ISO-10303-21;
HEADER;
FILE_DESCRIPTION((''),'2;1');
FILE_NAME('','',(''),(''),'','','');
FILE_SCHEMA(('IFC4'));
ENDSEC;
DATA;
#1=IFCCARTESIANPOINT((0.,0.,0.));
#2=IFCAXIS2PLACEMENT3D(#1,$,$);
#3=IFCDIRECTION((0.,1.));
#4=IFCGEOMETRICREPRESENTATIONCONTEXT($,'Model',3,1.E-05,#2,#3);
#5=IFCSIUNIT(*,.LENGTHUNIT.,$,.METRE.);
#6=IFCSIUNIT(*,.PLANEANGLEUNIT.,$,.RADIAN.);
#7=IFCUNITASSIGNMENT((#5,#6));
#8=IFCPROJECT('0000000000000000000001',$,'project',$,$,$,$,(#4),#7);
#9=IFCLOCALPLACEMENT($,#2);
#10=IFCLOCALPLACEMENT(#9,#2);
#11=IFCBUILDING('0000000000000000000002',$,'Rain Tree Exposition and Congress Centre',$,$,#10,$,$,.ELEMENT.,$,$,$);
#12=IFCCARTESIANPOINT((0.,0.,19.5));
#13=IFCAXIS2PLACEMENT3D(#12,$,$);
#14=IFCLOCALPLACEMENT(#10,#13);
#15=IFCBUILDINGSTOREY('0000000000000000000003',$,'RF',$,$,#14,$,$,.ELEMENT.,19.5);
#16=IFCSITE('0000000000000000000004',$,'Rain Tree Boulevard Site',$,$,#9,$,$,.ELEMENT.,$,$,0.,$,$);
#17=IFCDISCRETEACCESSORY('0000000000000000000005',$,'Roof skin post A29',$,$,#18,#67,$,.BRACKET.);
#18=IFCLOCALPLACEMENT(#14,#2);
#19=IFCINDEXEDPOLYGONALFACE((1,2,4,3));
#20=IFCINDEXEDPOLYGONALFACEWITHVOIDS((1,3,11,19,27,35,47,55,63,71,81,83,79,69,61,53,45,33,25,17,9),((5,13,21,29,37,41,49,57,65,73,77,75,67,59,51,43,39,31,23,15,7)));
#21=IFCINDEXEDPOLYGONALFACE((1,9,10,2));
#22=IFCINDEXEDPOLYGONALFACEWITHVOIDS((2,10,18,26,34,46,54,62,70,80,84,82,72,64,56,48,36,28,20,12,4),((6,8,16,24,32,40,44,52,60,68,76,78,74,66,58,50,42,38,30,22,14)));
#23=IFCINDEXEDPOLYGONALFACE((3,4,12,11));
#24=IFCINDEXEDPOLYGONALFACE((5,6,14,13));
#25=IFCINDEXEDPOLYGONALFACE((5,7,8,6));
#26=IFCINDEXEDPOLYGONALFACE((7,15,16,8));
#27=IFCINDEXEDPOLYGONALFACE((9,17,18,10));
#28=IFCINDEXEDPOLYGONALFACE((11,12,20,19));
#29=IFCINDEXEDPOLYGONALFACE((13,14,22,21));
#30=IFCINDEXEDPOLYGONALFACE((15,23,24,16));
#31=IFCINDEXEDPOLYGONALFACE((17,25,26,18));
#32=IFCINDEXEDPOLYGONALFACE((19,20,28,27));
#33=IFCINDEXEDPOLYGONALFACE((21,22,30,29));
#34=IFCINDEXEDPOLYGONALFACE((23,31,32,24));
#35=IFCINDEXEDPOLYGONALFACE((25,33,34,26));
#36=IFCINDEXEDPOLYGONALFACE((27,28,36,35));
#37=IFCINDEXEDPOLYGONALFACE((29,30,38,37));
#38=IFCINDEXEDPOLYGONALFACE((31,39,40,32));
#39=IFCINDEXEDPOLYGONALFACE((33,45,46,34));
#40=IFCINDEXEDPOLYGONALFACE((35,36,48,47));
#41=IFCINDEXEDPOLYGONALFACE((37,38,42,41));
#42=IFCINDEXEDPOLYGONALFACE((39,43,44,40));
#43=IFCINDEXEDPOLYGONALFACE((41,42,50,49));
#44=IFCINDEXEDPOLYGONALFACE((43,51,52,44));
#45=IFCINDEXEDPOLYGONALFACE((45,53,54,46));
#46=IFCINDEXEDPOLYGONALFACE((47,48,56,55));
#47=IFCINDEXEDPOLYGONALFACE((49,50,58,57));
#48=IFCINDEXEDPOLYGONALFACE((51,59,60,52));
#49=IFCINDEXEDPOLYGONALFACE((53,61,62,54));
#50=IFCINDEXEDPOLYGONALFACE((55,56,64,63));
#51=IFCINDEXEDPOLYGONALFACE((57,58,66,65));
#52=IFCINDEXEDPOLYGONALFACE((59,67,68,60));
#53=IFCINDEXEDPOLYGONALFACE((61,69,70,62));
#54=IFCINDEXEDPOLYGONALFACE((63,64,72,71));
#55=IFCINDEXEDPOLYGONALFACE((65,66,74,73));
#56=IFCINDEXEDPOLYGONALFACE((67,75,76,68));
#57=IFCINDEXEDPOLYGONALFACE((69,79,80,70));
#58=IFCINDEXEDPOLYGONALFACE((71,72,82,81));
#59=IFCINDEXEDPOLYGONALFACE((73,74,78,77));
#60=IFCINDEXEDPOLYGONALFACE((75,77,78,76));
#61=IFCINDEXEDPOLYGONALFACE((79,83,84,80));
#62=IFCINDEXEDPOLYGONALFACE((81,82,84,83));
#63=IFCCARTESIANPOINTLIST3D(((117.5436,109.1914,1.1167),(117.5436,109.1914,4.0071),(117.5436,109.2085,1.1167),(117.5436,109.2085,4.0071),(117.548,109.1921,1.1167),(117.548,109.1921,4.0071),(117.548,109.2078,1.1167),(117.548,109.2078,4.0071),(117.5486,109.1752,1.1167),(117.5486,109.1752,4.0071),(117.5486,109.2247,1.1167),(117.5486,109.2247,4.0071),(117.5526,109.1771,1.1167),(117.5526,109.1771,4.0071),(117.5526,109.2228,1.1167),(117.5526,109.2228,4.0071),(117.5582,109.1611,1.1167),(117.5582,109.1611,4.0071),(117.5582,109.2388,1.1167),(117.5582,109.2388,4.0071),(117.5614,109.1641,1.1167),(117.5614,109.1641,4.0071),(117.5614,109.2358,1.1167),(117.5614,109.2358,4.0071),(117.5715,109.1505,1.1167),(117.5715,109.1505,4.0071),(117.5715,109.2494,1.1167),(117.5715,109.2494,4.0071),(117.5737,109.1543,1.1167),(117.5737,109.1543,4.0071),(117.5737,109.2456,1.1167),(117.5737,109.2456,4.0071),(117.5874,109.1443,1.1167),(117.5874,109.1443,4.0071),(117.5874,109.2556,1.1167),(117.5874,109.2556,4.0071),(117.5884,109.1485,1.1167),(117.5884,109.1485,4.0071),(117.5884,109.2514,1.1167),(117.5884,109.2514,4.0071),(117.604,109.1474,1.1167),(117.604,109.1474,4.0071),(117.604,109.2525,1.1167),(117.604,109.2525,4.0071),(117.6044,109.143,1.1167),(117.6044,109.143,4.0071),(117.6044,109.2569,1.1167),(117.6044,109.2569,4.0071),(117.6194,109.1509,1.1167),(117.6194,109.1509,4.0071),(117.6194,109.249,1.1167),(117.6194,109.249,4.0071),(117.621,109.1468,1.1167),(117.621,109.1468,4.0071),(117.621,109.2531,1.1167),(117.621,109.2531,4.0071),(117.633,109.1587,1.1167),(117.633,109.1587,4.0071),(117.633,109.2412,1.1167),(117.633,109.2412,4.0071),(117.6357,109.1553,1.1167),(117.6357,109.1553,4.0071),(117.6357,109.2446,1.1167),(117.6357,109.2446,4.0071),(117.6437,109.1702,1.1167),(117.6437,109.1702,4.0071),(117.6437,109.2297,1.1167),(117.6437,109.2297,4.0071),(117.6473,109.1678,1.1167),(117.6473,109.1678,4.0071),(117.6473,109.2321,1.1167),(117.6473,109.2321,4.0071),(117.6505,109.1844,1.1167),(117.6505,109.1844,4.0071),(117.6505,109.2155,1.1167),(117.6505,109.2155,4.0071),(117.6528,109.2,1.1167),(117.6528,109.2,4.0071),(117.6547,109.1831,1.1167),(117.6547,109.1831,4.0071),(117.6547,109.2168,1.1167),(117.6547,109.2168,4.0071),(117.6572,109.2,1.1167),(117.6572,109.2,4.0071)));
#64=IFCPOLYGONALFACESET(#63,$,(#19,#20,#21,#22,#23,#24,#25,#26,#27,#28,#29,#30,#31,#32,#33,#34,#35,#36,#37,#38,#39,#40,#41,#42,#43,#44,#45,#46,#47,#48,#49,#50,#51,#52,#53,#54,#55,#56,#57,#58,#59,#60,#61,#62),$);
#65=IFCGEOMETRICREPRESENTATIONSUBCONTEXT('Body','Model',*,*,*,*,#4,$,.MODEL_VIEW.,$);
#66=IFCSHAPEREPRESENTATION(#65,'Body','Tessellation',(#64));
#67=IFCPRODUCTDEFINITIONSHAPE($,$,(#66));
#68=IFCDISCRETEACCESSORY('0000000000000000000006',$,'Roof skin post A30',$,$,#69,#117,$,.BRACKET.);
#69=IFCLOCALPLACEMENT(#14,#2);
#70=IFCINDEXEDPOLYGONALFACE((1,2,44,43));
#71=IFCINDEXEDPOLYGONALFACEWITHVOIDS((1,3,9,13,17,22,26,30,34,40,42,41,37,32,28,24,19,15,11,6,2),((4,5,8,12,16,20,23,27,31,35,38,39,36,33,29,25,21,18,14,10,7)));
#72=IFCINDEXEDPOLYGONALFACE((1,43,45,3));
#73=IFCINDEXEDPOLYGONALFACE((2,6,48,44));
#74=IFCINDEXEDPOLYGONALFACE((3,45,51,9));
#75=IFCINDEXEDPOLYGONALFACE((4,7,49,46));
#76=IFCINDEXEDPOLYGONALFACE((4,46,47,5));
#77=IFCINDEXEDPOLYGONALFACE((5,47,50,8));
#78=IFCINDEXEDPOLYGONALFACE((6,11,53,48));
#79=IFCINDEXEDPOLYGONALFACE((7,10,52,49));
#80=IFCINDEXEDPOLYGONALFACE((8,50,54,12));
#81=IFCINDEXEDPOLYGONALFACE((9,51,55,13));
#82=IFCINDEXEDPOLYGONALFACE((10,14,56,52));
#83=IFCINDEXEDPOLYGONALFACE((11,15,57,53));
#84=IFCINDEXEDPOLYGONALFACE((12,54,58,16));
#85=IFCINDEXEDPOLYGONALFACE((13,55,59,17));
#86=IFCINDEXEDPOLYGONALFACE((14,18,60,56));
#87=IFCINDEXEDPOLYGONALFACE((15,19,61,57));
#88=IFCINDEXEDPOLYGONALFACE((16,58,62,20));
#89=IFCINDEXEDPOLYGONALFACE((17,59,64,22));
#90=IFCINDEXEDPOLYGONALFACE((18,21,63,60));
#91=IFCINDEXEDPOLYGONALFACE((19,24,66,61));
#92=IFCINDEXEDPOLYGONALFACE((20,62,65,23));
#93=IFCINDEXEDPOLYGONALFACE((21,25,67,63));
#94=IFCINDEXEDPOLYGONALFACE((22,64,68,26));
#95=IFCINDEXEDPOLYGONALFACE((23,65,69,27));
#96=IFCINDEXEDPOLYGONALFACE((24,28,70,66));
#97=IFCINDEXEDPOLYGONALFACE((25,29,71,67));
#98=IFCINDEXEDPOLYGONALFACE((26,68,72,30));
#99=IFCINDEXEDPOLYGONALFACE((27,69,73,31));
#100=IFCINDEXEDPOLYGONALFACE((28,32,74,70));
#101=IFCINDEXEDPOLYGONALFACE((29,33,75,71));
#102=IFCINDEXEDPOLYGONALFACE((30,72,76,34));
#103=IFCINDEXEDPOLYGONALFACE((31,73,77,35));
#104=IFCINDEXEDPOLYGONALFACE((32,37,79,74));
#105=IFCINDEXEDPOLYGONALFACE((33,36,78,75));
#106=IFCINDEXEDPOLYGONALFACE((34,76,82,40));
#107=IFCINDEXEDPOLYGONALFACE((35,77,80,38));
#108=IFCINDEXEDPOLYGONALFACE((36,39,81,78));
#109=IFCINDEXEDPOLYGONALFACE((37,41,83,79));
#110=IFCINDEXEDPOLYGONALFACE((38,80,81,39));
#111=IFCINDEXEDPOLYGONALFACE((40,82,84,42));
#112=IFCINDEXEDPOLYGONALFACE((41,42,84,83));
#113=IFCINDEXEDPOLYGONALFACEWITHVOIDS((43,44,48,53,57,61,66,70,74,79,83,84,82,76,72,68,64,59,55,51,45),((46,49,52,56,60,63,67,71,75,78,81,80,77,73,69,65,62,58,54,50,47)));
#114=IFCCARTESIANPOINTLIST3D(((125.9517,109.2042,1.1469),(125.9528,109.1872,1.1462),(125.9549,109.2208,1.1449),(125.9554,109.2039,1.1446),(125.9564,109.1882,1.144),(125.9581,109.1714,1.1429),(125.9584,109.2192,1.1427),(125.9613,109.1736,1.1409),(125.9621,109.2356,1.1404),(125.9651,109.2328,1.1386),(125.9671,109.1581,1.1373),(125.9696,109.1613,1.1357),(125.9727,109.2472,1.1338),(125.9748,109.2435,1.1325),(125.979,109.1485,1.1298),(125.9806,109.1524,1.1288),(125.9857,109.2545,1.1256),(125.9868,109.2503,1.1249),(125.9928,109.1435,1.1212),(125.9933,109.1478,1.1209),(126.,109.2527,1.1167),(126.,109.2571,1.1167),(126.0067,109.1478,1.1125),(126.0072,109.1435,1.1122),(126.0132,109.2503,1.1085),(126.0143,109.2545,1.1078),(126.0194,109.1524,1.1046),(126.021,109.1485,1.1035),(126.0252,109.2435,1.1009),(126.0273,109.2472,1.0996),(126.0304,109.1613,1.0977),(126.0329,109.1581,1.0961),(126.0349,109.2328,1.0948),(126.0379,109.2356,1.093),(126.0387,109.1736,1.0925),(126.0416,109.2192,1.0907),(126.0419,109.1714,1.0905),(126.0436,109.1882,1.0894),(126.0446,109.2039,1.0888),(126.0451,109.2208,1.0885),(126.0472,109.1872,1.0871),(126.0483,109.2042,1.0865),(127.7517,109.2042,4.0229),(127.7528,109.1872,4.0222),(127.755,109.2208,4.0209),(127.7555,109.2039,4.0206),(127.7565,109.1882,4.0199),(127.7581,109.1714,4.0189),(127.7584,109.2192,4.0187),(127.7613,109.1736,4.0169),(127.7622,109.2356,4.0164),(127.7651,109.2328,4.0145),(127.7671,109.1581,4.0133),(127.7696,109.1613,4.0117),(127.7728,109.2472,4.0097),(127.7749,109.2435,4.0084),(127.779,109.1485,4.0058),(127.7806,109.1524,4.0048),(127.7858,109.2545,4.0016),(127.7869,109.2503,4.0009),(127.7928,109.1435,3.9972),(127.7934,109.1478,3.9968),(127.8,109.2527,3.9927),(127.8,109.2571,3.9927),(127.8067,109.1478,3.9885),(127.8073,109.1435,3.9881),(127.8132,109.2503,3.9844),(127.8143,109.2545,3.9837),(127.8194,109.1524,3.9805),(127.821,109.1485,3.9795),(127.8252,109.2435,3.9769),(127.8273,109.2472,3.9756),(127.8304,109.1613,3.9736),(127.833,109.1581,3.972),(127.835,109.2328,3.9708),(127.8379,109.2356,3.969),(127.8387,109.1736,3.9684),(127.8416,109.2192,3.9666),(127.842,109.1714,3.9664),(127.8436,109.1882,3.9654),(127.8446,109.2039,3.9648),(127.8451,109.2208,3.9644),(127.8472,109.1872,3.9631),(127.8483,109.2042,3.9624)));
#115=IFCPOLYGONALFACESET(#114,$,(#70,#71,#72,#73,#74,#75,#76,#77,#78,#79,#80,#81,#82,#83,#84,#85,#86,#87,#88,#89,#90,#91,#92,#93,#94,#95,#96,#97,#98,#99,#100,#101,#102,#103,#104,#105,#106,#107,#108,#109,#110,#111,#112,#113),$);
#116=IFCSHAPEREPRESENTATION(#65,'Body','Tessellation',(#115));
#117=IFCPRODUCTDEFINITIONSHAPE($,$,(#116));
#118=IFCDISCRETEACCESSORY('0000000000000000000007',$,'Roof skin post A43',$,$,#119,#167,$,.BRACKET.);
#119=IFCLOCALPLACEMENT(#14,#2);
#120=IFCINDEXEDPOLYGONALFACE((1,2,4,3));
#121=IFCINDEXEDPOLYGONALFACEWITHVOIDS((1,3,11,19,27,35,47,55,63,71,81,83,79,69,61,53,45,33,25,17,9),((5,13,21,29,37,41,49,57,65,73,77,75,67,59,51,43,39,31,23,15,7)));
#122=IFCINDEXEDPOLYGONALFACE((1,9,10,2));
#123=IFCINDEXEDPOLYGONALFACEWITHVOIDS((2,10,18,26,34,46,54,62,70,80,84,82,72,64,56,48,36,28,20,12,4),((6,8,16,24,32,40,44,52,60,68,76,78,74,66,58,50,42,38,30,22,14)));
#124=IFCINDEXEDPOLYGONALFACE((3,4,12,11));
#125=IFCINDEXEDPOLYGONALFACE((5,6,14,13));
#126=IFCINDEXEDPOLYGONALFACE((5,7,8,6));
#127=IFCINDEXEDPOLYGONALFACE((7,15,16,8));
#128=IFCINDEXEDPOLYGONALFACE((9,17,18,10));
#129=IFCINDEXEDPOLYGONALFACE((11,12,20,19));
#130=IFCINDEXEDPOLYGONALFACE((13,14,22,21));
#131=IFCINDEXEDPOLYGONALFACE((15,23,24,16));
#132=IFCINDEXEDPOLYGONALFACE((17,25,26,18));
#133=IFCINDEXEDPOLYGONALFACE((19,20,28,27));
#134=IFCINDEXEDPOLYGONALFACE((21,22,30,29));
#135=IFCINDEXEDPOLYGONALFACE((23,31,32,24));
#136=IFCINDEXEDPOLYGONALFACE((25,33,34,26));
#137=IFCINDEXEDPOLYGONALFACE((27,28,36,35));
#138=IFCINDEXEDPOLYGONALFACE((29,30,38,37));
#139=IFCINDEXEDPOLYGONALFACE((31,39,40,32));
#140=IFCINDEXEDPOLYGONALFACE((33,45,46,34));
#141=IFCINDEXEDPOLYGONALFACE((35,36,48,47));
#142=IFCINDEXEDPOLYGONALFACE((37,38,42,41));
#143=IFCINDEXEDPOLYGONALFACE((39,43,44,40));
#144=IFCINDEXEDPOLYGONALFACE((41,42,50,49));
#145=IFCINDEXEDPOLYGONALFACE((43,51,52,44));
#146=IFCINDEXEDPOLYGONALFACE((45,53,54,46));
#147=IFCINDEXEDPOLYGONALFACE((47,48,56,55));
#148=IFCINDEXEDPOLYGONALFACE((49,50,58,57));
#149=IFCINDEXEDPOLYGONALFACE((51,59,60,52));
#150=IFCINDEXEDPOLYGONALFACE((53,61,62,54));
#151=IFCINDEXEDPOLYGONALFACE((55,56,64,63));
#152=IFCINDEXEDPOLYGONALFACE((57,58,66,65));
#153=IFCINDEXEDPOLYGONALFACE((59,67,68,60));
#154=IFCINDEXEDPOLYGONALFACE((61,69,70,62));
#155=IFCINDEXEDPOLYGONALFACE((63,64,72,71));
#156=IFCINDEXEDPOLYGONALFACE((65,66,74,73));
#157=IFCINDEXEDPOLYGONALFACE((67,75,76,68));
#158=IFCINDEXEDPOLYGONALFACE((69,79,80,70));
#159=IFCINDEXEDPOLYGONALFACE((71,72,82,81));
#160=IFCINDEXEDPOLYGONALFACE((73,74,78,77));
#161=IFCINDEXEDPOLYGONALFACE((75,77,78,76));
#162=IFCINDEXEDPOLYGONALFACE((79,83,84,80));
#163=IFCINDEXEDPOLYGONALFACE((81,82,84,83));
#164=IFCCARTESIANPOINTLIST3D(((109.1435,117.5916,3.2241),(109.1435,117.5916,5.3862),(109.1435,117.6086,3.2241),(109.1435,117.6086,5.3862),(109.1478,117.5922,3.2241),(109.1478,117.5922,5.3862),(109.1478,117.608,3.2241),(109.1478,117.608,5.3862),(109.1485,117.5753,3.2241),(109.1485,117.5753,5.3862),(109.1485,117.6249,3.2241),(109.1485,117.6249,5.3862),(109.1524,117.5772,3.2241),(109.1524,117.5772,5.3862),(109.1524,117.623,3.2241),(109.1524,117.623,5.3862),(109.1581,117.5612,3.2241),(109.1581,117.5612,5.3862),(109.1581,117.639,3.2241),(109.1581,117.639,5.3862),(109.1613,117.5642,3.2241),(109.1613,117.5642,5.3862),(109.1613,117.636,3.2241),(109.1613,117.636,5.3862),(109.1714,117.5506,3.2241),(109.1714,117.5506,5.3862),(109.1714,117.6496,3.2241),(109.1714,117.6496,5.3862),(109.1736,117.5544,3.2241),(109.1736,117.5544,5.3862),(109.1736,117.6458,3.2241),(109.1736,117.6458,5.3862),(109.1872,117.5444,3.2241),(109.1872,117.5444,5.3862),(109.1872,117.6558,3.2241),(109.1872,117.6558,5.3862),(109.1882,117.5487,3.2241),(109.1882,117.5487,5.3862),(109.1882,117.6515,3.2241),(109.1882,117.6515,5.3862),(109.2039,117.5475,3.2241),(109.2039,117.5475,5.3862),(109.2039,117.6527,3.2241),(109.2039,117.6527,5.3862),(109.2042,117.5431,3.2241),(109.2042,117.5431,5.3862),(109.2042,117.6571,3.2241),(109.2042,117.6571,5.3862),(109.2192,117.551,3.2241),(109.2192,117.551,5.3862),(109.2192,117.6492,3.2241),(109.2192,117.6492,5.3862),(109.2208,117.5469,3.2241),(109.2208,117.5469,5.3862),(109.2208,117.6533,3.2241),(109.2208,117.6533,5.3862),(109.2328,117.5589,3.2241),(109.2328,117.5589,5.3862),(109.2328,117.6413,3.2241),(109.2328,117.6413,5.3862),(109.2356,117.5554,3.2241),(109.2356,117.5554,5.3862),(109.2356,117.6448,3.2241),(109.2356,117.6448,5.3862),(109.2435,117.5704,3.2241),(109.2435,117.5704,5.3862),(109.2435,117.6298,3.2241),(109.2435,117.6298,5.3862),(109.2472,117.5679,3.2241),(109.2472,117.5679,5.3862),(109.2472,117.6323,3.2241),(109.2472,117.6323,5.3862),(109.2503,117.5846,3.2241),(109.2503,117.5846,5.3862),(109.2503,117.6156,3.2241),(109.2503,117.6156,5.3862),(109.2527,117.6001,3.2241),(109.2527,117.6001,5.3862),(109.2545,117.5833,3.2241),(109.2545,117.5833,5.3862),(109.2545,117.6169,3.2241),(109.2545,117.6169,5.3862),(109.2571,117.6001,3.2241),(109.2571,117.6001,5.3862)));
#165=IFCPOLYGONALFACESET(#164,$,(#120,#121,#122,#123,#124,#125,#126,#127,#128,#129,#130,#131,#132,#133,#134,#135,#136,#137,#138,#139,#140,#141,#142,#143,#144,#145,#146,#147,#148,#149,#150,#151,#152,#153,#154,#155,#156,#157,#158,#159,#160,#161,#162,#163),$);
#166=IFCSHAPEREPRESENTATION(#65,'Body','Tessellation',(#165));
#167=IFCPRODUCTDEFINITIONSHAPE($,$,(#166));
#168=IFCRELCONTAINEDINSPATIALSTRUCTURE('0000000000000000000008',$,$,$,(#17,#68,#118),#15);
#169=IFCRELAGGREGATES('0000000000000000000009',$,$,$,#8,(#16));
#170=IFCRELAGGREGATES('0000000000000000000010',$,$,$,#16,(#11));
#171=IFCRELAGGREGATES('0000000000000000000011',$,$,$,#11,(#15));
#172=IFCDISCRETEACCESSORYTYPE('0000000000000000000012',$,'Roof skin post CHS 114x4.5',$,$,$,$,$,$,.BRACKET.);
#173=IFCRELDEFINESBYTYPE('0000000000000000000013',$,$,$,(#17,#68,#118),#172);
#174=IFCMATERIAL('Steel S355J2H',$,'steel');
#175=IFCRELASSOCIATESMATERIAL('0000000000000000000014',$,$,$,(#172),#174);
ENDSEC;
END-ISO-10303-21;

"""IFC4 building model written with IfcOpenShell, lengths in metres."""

from ifc_helpers import new_model, si_unit, direction, frame, origin, origin_2d, place, context, subcontext, project, spatial, hollow_circle, extrude, material, material_profile, profile_set, type_object, element, save


model = new_model("IFC4")

# Units and contexts
model_context = context("Model", 3, precision=1e-05, world=origin(), true_north=direction((0.0, 1.0)))
body_context = subcontext(model_context, "Body", "Model", "MODEL_VIEW")
ifc_project = project(units=[si_unit("LENGTHUNIT", "METRE"), si_unit("PLANEANGLEUNIT", "RADIAN")], contexts=[model_context])

# Site, building, storey
site_placement = place(None, origin())
site = spatial("IfcSite", under=ifc_project, at=site_placement, Name="Rain Tree Boulevard Site", CompositionType="ELEMENT", RefElevation=0.0)
building_placement = place(site_placement, origin())
building = spatial("IfcBuilding", under=site, at=building_placement, Name="Rain Tree Exposition and Congress Centre", CompositionType="ELEMENT")
storey_placement = place(building_placement, frame((0.0, 0.0, 19.5)))
storey = spatial("IfcBuildingStorey", under=building, at=storey_placement, Name="RF", CompositionType="ELEMENT", Elevation=19.5)

# Discrete accessories
ifc_material_1 = material(Name="Steel S355J2H", Category="steel")
ifc_material_profile_1 = material_profile(ifc_material_1, hollow_circle(Radius=0.0571, WallThickness=0.0044, at=origin_2d()), Name="CHS 114x4.5")
ifc_profile_set_1 = profile_set([ifc_material_profile_1], Name="Steel S355J2H")
discrete_accessory_type = type_object("IfcDiscreteAccessoryType", Name="Roof skin post CHS 114x4.5", PredefinedType="BRACKET", material=ifc_profile_set_1)
discrete_accessory_1_placement = place(storey_placement, frame((117.6001, 109.2, 1.1167), z_axis=(0.0, 0.0, 1.0), x_axis=(1.0, 0.0, 0.0)))
element("IfcDiscreteAccessory", 1, at=discrete_accessory_1_placement, inside=storey, type_object=discrete_accessory_type, Name="Roof skin post A29", PredefinedType="BRACKET", context=body_context, shape_type="SweptSolid", body=[
    extrude(hollow_circle(Radius=0.0571, WallThickness=0.0044, at=origin_2d()), origin(), (0.0, 0.0, 1.0), 2.8904),
])
discrete_accessory_2_placement = place(storey_placement, frame((126.0, 109.2, 1.1167), z_axis=(0.530542, 0.0, 0.847659), x_axis=(0.0, 1.0, 0.0)))
element("IfcDiscreteAccessory", 2, at=discrete_accessory_2_placement, inside=storey, type_object=discrete_accessory_type, Name="Roof skin post A30", PredefinedType="BRACKET", context=body_context, shape_type="SweptSolid", body=[
    extrude(hollow_circle(Radius=0.0571, WallThickness=0.0044, at=origin_2d()), origin(), (0.0, 0.0, 1.0), 3.3928),
])
discrete_accessory_3_placement = place(storey_placement, frame((109.2, 117.6001, 3.2241), z_axis=(0.0, 0.0, 1.0), x_axis=(1.0, 0.0, 0.0)))
element("IfcDiscreteAccessory", 3, at=discrete_accessory_3_placement, inside=storey, type_object=discrete_accessory_type, Name="Roof skin post A43", PredefinedType="BRACKET", context=body_context, shape_type="SweptSolid", body=[
    extrude(hollow_circle(Radius=0.0571, WallThickness=0.0044, at=origin_2d()), origin(), (0.0, 0.0, 1.0), 2.1621),
])

save(model, "model.ifc")
